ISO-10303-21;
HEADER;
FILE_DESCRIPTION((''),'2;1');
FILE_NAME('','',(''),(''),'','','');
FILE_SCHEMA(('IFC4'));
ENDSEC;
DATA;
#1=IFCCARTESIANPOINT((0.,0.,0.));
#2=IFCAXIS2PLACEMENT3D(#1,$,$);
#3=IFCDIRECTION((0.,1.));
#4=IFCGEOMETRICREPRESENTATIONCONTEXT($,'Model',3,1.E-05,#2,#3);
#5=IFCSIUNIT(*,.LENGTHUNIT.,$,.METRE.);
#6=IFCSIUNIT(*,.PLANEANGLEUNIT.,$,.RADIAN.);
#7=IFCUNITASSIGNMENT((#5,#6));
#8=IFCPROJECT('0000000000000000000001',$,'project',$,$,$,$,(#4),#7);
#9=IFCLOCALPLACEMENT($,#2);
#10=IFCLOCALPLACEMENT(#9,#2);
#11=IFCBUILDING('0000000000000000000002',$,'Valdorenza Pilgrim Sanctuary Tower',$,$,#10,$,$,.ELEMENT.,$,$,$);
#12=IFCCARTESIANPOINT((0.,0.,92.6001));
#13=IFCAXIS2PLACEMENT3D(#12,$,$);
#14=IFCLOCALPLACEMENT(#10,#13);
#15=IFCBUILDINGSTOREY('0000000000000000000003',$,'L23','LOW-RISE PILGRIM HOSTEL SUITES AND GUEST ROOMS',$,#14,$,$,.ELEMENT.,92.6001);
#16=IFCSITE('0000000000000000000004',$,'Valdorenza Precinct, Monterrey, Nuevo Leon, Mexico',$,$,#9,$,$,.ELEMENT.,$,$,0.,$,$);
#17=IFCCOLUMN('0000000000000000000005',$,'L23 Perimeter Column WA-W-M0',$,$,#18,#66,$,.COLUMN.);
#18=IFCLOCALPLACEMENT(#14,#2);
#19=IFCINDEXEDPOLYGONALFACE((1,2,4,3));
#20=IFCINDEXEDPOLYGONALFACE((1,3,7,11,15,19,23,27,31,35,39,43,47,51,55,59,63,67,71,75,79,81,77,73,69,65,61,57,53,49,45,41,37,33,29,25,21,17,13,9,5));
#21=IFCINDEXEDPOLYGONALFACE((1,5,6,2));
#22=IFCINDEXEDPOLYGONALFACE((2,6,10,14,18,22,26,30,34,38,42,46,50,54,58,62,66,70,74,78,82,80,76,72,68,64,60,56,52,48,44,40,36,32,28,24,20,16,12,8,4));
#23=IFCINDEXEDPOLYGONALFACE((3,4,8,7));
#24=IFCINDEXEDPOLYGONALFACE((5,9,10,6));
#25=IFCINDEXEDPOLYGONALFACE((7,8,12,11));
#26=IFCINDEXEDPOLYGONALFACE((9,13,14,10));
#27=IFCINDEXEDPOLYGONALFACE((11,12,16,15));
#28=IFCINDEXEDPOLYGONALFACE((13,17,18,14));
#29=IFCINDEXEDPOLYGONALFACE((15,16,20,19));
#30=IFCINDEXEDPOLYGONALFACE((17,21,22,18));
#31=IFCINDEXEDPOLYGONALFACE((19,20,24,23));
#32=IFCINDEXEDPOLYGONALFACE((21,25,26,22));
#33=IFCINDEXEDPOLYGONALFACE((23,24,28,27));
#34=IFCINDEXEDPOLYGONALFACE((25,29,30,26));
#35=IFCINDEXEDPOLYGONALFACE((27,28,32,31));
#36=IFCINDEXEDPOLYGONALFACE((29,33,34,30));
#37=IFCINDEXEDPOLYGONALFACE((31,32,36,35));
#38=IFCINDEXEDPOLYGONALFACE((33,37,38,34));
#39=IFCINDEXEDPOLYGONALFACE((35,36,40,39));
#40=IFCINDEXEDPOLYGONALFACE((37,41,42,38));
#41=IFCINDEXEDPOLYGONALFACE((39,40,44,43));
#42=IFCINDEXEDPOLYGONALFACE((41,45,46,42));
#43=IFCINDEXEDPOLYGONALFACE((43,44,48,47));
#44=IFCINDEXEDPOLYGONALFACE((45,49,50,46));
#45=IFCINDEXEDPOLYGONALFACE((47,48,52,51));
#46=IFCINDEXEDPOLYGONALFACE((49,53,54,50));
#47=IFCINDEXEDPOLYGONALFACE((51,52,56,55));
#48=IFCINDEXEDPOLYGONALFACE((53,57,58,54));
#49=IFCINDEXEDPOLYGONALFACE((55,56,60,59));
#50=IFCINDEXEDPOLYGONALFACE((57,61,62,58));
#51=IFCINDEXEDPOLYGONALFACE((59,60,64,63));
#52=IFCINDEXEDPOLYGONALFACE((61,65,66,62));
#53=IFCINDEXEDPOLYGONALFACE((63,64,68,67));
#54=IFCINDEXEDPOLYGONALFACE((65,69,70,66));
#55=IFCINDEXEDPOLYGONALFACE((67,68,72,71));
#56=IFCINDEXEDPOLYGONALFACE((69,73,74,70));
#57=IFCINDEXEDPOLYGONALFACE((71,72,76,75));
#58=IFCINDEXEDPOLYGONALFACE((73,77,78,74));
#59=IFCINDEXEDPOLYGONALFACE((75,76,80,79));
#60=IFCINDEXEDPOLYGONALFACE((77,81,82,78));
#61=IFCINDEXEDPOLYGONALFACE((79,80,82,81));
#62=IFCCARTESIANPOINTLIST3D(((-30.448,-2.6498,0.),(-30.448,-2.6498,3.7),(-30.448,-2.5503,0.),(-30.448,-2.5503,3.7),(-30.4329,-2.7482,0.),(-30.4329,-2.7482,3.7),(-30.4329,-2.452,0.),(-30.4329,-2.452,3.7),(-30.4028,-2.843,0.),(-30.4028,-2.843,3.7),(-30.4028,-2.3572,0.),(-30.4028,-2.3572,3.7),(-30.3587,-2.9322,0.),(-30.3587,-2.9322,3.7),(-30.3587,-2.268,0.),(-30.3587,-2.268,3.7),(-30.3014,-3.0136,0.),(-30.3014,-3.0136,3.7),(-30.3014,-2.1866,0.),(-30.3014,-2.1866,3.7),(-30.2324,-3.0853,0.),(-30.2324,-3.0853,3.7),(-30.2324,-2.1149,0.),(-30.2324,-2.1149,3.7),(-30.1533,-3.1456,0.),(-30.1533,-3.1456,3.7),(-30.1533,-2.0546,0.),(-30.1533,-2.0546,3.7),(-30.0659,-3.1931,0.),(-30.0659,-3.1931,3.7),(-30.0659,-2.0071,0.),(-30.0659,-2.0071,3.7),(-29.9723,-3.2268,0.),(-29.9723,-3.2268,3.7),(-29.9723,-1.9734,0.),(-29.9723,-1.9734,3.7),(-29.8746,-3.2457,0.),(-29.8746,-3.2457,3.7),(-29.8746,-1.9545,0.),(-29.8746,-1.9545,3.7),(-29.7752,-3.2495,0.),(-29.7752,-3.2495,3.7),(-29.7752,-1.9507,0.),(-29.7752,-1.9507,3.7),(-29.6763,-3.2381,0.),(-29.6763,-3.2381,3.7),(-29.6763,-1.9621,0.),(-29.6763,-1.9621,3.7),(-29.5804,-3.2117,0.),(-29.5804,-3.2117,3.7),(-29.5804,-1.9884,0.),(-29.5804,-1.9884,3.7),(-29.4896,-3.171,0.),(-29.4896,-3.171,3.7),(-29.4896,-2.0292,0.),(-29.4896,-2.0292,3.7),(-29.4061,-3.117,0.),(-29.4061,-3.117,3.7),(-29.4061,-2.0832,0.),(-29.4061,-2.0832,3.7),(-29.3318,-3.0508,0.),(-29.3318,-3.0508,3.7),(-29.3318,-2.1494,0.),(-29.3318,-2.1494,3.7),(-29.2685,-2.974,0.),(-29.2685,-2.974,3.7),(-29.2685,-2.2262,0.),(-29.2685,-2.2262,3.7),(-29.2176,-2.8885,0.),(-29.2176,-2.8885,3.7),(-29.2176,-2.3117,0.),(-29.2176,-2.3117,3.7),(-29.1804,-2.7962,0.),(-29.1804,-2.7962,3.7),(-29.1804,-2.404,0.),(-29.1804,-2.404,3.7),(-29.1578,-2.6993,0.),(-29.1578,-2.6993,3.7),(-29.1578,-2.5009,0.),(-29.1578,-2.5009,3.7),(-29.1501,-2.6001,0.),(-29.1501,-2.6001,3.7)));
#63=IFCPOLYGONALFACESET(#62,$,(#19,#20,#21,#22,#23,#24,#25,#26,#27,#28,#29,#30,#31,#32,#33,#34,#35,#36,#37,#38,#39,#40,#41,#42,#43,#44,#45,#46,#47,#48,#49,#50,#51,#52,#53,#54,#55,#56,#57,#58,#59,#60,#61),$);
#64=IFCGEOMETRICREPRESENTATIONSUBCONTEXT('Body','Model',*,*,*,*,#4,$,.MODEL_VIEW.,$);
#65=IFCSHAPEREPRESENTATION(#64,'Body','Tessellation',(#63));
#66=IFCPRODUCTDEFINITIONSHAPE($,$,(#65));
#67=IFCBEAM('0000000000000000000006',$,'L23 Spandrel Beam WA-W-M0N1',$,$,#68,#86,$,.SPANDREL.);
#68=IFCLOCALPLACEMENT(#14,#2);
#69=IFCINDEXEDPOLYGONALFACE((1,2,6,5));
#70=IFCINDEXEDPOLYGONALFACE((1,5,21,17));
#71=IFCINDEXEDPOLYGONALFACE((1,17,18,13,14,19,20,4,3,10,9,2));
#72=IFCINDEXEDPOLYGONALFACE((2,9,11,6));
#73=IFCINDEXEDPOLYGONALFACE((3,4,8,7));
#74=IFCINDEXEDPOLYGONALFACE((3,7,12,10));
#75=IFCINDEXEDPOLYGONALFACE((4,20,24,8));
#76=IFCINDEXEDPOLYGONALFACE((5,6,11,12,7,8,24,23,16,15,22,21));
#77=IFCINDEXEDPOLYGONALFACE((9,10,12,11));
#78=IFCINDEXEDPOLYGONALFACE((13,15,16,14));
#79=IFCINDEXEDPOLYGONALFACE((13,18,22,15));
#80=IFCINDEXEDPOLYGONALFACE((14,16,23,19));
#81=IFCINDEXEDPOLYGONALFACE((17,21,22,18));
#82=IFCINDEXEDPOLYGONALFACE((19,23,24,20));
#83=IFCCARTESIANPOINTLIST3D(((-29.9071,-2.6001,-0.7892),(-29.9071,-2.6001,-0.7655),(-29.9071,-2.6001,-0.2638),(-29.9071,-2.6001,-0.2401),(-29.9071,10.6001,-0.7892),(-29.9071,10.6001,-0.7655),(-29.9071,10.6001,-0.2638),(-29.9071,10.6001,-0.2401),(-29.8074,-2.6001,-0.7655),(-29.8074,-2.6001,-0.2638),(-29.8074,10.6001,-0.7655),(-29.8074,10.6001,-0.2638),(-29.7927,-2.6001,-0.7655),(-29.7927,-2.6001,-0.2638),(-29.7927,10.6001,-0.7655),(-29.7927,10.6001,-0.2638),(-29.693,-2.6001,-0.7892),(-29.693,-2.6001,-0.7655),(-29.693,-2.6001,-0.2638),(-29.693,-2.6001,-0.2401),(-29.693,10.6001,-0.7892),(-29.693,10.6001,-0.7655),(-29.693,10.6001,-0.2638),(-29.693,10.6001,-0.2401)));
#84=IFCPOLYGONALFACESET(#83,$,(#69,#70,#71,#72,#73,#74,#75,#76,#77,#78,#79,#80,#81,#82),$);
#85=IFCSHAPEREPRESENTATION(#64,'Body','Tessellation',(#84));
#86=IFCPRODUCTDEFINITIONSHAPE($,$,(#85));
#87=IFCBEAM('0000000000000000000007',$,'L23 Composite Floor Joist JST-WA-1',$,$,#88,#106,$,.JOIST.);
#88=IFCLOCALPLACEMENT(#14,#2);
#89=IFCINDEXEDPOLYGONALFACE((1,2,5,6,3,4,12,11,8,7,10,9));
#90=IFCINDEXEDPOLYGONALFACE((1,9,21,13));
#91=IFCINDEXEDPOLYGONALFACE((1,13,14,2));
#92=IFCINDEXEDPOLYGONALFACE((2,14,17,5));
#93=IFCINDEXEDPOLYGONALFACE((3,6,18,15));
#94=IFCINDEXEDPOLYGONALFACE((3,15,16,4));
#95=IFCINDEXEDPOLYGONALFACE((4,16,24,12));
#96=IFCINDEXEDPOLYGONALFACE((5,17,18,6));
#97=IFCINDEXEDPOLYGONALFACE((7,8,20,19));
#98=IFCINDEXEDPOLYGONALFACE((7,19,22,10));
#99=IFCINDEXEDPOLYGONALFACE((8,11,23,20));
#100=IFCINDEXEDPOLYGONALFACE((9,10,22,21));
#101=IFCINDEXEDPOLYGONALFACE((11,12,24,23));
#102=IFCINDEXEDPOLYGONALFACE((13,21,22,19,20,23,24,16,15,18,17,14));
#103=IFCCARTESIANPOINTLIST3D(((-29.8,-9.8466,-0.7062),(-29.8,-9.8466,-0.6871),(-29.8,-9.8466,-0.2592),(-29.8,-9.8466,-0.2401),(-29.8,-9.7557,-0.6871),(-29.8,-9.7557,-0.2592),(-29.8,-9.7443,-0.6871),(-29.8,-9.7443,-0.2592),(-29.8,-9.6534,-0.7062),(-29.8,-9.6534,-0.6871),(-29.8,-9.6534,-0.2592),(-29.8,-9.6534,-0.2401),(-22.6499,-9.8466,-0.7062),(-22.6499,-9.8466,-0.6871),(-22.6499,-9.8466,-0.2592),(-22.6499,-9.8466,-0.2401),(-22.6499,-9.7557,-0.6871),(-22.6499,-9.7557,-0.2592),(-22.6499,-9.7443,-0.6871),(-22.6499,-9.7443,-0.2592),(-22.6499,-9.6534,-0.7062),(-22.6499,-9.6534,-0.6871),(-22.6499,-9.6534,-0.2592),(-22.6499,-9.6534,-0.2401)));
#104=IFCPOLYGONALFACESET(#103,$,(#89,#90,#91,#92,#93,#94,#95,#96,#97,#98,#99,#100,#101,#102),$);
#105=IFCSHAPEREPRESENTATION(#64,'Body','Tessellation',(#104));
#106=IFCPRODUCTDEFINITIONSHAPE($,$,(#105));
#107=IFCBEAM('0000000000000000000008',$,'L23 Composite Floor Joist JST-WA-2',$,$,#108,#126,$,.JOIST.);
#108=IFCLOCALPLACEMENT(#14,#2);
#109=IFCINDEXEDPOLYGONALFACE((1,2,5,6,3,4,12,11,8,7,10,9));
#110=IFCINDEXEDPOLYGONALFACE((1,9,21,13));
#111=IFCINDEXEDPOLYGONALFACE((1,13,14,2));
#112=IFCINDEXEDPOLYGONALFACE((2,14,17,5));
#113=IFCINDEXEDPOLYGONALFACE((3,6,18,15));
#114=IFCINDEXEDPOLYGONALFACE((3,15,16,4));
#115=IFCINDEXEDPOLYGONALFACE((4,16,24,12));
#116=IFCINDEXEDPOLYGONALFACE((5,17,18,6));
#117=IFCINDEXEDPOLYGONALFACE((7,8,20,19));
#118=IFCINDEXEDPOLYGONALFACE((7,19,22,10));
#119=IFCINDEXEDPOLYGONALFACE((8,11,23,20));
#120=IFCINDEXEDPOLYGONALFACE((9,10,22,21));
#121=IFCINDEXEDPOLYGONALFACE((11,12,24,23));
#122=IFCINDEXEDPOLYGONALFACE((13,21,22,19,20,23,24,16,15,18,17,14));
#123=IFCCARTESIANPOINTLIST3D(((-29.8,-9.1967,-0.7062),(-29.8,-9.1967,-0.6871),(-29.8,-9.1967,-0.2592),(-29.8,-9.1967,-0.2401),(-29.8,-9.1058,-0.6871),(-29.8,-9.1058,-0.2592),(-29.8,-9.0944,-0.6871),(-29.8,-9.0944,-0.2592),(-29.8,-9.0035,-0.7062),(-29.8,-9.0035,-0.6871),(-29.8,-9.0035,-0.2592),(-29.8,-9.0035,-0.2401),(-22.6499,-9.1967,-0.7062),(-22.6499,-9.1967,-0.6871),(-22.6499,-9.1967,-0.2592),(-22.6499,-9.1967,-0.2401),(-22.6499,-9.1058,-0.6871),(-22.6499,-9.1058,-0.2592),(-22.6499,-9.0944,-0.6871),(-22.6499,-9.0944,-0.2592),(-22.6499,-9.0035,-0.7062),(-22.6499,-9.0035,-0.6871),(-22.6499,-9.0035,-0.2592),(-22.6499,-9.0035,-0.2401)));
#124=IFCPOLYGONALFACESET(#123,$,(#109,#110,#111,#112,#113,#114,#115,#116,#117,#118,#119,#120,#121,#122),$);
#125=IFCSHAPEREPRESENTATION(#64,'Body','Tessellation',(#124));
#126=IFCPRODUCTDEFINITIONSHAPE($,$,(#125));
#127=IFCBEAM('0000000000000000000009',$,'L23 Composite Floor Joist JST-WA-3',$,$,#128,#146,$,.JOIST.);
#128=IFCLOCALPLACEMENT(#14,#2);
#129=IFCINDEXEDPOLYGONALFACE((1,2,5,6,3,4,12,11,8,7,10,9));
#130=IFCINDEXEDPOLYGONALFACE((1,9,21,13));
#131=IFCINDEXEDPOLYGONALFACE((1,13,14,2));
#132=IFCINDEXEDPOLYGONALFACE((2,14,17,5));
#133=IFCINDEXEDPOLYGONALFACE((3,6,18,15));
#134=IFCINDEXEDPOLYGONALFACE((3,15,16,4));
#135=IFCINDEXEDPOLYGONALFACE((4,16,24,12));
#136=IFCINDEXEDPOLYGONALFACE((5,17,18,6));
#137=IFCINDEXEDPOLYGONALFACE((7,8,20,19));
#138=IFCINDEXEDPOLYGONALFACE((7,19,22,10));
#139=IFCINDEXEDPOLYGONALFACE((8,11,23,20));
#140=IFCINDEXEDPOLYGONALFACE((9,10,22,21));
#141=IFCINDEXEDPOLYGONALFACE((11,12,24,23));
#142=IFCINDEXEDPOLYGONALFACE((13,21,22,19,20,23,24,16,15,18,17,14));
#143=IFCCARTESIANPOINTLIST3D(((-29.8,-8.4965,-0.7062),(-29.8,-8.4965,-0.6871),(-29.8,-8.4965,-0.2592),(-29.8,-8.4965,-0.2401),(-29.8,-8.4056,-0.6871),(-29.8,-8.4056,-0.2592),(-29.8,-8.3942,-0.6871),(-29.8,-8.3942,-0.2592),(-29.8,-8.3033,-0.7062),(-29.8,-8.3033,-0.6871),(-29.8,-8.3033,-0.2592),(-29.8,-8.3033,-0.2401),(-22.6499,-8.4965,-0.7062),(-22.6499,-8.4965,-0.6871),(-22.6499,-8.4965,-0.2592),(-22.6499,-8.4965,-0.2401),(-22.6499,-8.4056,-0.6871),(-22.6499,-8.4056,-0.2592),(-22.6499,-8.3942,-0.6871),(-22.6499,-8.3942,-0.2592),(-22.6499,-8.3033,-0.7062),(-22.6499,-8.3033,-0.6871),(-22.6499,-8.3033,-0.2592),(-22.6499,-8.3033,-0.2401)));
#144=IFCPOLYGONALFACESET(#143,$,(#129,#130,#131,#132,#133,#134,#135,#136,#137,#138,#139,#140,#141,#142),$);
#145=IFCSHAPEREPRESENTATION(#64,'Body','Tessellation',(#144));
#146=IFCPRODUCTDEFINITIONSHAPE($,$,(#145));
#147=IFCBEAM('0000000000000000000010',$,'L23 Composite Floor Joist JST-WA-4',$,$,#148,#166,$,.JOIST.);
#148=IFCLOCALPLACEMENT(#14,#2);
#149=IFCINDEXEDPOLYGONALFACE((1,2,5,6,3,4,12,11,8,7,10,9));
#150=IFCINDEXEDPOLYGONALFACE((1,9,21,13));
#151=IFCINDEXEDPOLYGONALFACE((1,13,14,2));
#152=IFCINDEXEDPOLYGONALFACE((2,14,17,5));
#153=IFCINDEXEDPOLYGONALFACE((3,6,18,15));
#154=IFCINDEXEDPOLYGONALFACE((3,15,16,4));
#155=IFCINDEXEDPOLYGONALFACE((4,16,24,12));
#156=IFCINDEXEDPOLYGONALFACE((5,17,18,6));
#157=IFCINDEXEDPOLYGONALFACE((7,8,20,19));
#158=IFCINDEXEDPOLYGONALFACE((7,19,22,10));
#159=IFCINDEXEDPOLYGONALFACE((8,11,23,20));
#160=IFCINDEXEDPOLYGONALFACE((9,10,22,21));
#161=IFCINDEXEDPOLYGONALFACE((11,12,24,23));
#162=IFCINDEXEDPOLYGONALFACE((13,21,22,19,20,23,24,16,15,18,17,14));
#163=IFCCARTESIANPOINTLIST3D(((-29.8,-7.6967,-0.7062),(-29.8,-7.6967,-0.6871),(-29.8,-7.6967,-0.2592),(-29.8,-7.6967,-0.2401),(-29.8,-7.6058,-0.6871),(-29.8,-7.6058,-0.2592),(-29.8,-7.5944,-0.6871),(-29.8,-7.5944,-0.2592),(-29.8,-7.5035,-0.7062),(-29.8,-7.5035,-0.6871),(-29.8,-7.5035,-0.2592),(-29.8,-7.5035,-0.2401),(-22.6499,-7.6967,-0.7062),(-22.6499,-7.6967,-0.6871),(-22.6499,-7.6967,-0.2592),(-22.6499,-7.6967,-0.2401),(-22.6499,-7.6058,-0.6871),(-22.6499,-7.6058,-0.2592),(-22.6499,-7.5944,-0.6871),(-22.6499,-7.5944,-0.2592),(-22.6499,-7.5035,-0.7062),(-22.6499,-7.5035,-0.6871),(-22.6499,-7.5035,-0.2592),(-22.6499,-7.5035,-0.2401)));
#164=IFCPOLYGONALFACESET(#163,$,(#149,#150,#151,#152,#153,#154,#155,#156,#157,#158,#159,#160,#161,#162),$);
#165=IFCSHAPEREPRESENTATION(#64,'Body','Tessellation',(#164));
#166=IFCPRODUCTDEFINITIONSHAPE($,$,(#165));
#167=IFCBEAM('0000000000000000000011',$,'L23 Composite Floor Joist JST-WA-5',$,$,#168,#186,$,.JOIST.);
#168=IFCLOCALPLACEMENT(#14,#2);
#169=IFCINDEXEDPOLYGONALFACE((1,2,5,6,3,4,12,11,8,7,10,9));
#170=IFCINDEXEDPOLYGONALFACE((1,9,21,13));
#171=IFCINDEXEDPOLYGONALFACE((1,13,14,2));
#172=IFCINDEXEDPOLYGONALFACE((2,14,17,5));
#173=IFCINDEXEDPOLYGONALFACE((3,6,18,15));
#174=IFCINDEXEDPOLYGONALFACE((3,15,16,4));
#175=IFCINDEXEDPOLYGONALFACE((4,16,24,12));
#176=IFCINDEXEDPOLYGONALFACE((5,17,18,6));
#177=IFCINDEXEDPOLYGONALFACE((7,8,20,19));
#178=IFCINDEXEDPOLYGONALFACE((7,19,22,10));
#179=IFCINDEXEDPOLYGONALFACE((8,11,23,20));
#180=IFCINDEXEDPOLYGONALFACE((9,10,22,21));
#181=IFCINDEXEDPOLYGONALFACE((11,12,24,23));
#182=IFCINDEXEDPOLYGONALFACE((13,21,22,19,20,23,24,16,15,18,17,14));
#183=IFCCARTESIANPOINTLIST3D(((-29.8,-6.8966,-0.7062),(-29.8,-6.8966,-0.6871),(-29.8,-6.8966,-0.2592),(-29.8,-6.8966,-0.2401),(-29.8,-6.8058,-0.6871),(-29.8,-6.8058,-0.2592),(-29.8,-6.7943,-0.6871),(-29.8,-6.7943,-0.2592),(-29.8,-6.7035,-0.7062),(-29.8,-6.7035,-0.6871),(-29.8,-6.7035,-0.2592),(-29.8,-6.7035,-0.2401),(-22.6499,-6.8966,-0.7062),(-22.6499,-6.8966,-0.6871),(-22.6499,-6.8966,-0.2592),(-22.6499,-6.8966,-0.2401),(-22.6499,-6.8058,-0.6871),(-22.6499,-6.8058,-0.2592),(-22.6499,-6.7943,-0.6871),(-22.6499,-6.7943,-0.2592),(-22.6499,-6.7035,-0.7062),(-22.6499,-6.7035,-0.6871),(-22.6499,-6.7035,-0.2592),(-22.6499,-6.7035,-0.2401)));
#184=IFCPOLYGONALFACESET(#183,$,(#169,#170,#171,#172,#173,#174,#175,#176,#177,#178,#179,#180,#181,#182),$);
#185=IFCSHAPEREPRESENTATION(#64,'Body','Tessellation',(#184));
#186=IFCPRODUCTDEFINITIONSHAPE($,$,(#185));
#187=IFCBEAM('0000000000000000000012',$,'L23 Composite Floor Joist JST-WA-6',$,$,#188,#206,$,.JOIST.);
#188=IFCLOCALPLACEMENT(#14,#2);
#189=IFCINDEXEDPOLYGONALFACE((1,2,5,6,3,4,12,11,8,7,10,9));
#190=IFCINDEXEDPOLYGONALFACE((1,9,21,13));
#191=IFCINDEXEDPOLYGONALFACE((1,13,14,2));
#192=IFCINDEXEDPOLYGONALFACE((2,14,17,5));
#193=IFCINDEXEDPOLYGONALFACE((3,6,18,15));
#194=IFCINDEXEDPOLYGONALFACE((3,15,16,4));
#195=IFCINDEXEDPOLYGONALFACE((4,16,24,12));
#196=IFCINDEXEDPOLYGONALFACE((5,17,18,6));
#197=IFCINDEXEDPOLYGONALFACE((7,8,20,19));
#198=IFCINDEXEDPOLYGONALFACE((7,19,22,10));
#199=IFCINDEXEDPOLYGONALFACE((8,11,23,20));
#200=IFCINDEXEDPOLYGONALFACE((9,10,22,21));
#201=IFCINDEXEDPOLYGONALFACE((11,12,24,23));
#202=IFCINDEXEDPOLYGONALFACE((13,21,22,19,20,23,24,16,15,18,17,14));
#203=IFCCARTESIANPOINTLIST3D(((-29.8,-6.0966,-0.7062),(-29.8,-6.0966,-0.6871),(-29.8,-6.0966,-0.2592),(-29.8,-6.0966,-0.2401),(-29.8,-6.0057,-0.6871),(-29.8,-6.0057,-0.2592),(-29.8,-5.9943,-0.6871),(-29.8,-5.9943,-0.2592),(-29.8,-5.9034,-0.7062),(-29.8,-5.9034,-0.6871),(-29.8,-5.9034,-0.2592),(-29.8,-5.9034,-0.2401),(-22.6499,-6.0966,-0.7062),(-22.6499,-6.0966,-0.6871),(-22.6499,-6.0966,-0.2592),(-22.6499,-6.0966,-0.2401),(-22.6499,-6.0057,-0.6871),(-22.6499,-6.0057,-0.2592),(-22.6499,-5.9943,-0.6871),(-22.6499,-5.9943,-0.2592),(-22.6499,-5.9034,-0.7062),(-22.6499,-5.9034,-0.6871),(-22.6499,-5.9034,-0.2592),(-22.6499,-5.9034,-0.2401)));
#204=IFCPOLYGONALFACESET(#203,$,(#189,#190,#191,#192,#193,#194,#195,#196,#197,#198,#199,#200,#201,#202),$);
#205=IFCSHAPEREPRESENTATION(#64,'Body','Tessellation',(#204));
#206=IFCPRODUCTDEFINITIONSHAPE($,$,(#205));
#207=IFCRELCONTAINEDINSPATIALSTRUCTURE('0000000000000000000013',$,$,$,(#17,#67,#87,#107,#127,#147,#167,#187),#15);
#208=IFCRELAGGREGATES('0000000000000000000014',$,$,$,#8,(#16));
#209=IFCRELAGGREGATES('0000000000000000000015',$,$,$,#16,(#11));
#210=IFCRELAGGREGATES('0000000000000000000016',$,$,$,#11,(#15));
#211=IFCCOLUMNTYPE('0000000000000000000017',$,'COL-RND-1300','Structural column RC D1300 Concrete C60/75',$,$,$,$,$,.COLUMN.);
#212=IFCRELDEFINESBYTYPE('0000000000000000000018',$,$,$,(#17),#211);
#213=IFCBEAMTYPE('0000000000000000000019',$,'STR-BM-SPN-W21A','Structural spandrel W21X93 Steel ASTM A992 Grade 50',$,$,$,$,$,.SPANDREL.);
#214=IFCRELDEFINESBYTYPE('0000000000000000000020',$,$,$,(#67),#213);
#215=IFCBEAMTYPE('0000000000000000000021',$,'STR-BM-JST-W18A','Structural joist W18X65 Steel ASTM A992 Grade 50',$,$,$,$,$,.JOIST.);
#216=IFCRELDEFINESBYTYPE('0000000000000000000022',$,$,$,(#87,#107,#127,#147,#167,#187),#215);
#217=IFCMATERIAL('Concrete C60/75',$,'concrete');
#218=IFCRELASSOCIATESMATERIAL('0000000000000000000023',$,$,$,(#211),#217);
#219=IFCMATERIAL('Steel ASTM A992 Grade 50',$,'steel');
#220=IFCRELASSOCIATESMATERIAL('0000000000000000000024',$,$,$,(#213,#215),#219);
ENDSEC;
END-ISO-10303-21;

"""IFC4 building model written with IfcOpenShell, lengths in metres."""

from ifc_helpers import new_model, si_unit, direction, frame, origin, origin_2d, place, context, subcontext, project, spatial, circle, i_section, extrude, source, transform, mapped, material, material_profile, profile_set, type_object, element, save


model = new_model("IFC4")

# Units and contexts
model_context = context("Model", 3, precision=1e-05, world=origin(), true_north=direction((0.0, 1.0)))
body_context = subcontext(model_context, "Body", "Model", "MODEL_VIEW")
ifc_project = project(units=[si_unit("LENGTHUNIT", "METRE"), si_unit("PLANEANGLEUNIT", "RADIAN")], contexts=[model_context])

# Site, building, storey
site_placement = place(None, origin())
site = spatial("IfcSite", under=ifc_project, at=site_placement, Name="Valdorenza Precinct, Monterrey, Nuevo Leon, Mexico", CompositionType="ELEMENT", RefElevation=0.0)
building_placement = place(site_placement, origin())
building = spatial("IfcBuilding", under=site, at=building_placement, Name="Valdorenza Pilgrim Sanctuary Tower", CompositionType="ELEMENT")
storey_placement = place(building_placement, frame((0.0, 0.0, 92.6001)))
storey = spatial("IfcBuildingStorey", under=building, at=storey_placement, Name="L23", Description="LOW-RISE PILGRIM HOSTEL SUITES AND GUEST ROOMS", CompositionType="ELEMENT", Elevation=92.6001)

# Column
ifc_material_1 = material(Name="Concrete C60/75", Category="concrete")
ifc_material_profile_1 = material_profile(ifc_material_1, circle(Radius=0.6499, at=origin_2d()), Name="RC D1300")
ifc_profile_set_1 = profile_set([ifc_material_profile_1], Name="Concrete C60/75")
column_type = type_object("IfcColumnType", Name="COL-RND-1300", Description="Structural column RC D1300 Concrete C60/75", PredefinedType="COLUMN", material=ifc_profile_set_1)
shared_shape_1 = source(origin(), body_context, "Body", "SweptSolid", [
    extrude(circle(Radius=0.6499, at=origin_2d()), origin(), (0.0, 0.0, 1.0), 3.7),
])
column_placement = place(storey_placement, frame((-29.8, -2.6001, 0.0), z_axis=(0.0, 0.0, 1.0), x_axis=(1.0, 0.0, 0.0)))
element("IfcColumn", 1, at=column_placement, inside=storey, type_object=column_type, Name="L23 Perimeter Column WA-W-M0", PredefinedType="COLUMN", context=body_context, shape_type="MappedRepresentation", body=[
    mapped(shared_shape_1, transform((0.0, 0.0, 0.0), x_axis=(1.0, 0.0, 0.0), y_axis=(0.0, 1.0, 0.0), z_axis=(0.0, 0.0, 1.0), scale=1.0)),
])

# Beams
ifc_material_2 = material(Name="Steel ASTM A992 Grade 50", Category="steel")
ifc_material_profile_2 = material_profile(ifc_material_2, i_section(OverallWidth=0.2141, OverallDepth=0.5491, WebThickness=0.0146, FlangeThickness=0.0237, at=origin_2d()), Name="W21X93")
ifc_profile_set_2 = profile_set([ifc_material_profile_2], Name="Steel ASTM A992 Grade 50")
beam_type_1 = type_object("IfcBeamType", Name="STR-BM-SPN-W21A", Description="Structural spandrel W21X93 Steel ASTM A992 Grade 50", PredefinedType="SPANDREL", material=ifc_profile_set_2)
shared_shape_2 = source(origin(), body_context, "Body", "SweptSolid", [
    extrude(i_section(OverallWidth=0.2141, OverallDepth=0.5491, WebThickness=0.0146, FlangeThickness=0.0237, at=origin_2d()), origin(), (0.0, 0.0, 1.0), 13.2002),
])
beam_1_placement = place(storey_placement, frame((-29.8, -2.6001, -0.5146), z_axis=(0.0, 1.0, 0.0), x_axis=(-1.0, 0.0, 0.0)))
element("IfcBeam", 2, at=beam_1_placement, inside=storey, type_object=beam_type_1, Name="L23 Spandrel Beam WA-W-M0N1", PredefinedType="SPANDREL", context=body_context, shape_type="MappedRepresentation", body=[
    mapped(shared_shape_2, transform((0.0, 0.0, 0.0), x_axis=(1.0, 0.0, 0.0), y_axis=(0.0, 1.0, 0.0), z_axis=(0.0, 0.0, 1.0), scale=1.0)),
])
ifc_material_profile_3 = material_profile(ifc_material_2, i_section(OverallWidth=0.1931, OverallDepth=0.4661, WebThickness=0.0115, FlangeThickness=0.019, at=origin_2d()), Name="W18X65")
ifc_profile_set_3 = profile_set([ifc_material_profile_3], Name="Steel ASTM A992 Grade 50")
beam_type_2 = type_object("IfcBeamType", Name="STR-BM-JST-W18A", Description="Structural joist W18X65 Steel ASTM A992 Grade 50", PredefinedType="JOIST", material=ifc_profile_set_3)
shared_shape_3 = source(origin(), body_context, "Body", "SweptSolid", [
    extrude(i_section(OverallWidth=0.1931, OverallDepth=0.4661, WebThickness=0.0115, FlangeThickness=0.019, at=origin_2d()), origin(), (0.0, 0.0, 1.0), 7.1501),
])
for number, where, z_axis, x_axis, name in (
    (3, (-29.8, -9.75, -0.4731), (1.0, 0.0, 0.0), (0.0, 1.0, 0.0), "L23 Composite Floor Joist JST-WA-1"),
    (4, (-29.8, -9.1001, -0.4731), (1.0, 0.0, 0.0), (0.0, 1.0, 0.0), "L23 Composite Floor Joist JST-WA-2"),
    (5, (-29.8, -8.3999, -0.4731), (1.0, 0.0, 0.0), (0.0, 1.0, 0.0), "L23 Composite Floor Joist JST-WA-3"),
    (6, (-29.8, -7.6001, -0.4731), (1.0, 0.0, 0.0), (0.0, 1.0, 0.0), "L23 Composite Floor Joist JST-WA-4"),
    (7, (-29.8, -6.8, -0.4731), (1.0, 0.0, 0.0), (0.0, 1.0, 0.0), "L23 Composite Floor Joist JST-WA-5"),
    (8, (-29.8, -6.0, -0.4731), (1.0, 0.0, 0.0), (0.0, 1.0, 0.0), "L23 Composite Floor Joist JST-WA-6"),
):
    element("IfcBeam", number, at=place(storey_placement, frame(where, z_axis=z_axis, x_axis=x_axis)), inside=storey, type_object=beam_type_2, Name=name, PredefinedType="JOIST", context=body_context, shape_type="MappedRepresentation", body=[
        mapped(shared_shape_3, transform((0.0, 0.0, 0.0), x_axis=(1.0, 0.0, 0.0), y_axis=(0.0, 1.0, 0.0), z_axis=(0.0, 0.0, 1.0), scale=1.0)),
    ])

save(model, "model.ifc")
